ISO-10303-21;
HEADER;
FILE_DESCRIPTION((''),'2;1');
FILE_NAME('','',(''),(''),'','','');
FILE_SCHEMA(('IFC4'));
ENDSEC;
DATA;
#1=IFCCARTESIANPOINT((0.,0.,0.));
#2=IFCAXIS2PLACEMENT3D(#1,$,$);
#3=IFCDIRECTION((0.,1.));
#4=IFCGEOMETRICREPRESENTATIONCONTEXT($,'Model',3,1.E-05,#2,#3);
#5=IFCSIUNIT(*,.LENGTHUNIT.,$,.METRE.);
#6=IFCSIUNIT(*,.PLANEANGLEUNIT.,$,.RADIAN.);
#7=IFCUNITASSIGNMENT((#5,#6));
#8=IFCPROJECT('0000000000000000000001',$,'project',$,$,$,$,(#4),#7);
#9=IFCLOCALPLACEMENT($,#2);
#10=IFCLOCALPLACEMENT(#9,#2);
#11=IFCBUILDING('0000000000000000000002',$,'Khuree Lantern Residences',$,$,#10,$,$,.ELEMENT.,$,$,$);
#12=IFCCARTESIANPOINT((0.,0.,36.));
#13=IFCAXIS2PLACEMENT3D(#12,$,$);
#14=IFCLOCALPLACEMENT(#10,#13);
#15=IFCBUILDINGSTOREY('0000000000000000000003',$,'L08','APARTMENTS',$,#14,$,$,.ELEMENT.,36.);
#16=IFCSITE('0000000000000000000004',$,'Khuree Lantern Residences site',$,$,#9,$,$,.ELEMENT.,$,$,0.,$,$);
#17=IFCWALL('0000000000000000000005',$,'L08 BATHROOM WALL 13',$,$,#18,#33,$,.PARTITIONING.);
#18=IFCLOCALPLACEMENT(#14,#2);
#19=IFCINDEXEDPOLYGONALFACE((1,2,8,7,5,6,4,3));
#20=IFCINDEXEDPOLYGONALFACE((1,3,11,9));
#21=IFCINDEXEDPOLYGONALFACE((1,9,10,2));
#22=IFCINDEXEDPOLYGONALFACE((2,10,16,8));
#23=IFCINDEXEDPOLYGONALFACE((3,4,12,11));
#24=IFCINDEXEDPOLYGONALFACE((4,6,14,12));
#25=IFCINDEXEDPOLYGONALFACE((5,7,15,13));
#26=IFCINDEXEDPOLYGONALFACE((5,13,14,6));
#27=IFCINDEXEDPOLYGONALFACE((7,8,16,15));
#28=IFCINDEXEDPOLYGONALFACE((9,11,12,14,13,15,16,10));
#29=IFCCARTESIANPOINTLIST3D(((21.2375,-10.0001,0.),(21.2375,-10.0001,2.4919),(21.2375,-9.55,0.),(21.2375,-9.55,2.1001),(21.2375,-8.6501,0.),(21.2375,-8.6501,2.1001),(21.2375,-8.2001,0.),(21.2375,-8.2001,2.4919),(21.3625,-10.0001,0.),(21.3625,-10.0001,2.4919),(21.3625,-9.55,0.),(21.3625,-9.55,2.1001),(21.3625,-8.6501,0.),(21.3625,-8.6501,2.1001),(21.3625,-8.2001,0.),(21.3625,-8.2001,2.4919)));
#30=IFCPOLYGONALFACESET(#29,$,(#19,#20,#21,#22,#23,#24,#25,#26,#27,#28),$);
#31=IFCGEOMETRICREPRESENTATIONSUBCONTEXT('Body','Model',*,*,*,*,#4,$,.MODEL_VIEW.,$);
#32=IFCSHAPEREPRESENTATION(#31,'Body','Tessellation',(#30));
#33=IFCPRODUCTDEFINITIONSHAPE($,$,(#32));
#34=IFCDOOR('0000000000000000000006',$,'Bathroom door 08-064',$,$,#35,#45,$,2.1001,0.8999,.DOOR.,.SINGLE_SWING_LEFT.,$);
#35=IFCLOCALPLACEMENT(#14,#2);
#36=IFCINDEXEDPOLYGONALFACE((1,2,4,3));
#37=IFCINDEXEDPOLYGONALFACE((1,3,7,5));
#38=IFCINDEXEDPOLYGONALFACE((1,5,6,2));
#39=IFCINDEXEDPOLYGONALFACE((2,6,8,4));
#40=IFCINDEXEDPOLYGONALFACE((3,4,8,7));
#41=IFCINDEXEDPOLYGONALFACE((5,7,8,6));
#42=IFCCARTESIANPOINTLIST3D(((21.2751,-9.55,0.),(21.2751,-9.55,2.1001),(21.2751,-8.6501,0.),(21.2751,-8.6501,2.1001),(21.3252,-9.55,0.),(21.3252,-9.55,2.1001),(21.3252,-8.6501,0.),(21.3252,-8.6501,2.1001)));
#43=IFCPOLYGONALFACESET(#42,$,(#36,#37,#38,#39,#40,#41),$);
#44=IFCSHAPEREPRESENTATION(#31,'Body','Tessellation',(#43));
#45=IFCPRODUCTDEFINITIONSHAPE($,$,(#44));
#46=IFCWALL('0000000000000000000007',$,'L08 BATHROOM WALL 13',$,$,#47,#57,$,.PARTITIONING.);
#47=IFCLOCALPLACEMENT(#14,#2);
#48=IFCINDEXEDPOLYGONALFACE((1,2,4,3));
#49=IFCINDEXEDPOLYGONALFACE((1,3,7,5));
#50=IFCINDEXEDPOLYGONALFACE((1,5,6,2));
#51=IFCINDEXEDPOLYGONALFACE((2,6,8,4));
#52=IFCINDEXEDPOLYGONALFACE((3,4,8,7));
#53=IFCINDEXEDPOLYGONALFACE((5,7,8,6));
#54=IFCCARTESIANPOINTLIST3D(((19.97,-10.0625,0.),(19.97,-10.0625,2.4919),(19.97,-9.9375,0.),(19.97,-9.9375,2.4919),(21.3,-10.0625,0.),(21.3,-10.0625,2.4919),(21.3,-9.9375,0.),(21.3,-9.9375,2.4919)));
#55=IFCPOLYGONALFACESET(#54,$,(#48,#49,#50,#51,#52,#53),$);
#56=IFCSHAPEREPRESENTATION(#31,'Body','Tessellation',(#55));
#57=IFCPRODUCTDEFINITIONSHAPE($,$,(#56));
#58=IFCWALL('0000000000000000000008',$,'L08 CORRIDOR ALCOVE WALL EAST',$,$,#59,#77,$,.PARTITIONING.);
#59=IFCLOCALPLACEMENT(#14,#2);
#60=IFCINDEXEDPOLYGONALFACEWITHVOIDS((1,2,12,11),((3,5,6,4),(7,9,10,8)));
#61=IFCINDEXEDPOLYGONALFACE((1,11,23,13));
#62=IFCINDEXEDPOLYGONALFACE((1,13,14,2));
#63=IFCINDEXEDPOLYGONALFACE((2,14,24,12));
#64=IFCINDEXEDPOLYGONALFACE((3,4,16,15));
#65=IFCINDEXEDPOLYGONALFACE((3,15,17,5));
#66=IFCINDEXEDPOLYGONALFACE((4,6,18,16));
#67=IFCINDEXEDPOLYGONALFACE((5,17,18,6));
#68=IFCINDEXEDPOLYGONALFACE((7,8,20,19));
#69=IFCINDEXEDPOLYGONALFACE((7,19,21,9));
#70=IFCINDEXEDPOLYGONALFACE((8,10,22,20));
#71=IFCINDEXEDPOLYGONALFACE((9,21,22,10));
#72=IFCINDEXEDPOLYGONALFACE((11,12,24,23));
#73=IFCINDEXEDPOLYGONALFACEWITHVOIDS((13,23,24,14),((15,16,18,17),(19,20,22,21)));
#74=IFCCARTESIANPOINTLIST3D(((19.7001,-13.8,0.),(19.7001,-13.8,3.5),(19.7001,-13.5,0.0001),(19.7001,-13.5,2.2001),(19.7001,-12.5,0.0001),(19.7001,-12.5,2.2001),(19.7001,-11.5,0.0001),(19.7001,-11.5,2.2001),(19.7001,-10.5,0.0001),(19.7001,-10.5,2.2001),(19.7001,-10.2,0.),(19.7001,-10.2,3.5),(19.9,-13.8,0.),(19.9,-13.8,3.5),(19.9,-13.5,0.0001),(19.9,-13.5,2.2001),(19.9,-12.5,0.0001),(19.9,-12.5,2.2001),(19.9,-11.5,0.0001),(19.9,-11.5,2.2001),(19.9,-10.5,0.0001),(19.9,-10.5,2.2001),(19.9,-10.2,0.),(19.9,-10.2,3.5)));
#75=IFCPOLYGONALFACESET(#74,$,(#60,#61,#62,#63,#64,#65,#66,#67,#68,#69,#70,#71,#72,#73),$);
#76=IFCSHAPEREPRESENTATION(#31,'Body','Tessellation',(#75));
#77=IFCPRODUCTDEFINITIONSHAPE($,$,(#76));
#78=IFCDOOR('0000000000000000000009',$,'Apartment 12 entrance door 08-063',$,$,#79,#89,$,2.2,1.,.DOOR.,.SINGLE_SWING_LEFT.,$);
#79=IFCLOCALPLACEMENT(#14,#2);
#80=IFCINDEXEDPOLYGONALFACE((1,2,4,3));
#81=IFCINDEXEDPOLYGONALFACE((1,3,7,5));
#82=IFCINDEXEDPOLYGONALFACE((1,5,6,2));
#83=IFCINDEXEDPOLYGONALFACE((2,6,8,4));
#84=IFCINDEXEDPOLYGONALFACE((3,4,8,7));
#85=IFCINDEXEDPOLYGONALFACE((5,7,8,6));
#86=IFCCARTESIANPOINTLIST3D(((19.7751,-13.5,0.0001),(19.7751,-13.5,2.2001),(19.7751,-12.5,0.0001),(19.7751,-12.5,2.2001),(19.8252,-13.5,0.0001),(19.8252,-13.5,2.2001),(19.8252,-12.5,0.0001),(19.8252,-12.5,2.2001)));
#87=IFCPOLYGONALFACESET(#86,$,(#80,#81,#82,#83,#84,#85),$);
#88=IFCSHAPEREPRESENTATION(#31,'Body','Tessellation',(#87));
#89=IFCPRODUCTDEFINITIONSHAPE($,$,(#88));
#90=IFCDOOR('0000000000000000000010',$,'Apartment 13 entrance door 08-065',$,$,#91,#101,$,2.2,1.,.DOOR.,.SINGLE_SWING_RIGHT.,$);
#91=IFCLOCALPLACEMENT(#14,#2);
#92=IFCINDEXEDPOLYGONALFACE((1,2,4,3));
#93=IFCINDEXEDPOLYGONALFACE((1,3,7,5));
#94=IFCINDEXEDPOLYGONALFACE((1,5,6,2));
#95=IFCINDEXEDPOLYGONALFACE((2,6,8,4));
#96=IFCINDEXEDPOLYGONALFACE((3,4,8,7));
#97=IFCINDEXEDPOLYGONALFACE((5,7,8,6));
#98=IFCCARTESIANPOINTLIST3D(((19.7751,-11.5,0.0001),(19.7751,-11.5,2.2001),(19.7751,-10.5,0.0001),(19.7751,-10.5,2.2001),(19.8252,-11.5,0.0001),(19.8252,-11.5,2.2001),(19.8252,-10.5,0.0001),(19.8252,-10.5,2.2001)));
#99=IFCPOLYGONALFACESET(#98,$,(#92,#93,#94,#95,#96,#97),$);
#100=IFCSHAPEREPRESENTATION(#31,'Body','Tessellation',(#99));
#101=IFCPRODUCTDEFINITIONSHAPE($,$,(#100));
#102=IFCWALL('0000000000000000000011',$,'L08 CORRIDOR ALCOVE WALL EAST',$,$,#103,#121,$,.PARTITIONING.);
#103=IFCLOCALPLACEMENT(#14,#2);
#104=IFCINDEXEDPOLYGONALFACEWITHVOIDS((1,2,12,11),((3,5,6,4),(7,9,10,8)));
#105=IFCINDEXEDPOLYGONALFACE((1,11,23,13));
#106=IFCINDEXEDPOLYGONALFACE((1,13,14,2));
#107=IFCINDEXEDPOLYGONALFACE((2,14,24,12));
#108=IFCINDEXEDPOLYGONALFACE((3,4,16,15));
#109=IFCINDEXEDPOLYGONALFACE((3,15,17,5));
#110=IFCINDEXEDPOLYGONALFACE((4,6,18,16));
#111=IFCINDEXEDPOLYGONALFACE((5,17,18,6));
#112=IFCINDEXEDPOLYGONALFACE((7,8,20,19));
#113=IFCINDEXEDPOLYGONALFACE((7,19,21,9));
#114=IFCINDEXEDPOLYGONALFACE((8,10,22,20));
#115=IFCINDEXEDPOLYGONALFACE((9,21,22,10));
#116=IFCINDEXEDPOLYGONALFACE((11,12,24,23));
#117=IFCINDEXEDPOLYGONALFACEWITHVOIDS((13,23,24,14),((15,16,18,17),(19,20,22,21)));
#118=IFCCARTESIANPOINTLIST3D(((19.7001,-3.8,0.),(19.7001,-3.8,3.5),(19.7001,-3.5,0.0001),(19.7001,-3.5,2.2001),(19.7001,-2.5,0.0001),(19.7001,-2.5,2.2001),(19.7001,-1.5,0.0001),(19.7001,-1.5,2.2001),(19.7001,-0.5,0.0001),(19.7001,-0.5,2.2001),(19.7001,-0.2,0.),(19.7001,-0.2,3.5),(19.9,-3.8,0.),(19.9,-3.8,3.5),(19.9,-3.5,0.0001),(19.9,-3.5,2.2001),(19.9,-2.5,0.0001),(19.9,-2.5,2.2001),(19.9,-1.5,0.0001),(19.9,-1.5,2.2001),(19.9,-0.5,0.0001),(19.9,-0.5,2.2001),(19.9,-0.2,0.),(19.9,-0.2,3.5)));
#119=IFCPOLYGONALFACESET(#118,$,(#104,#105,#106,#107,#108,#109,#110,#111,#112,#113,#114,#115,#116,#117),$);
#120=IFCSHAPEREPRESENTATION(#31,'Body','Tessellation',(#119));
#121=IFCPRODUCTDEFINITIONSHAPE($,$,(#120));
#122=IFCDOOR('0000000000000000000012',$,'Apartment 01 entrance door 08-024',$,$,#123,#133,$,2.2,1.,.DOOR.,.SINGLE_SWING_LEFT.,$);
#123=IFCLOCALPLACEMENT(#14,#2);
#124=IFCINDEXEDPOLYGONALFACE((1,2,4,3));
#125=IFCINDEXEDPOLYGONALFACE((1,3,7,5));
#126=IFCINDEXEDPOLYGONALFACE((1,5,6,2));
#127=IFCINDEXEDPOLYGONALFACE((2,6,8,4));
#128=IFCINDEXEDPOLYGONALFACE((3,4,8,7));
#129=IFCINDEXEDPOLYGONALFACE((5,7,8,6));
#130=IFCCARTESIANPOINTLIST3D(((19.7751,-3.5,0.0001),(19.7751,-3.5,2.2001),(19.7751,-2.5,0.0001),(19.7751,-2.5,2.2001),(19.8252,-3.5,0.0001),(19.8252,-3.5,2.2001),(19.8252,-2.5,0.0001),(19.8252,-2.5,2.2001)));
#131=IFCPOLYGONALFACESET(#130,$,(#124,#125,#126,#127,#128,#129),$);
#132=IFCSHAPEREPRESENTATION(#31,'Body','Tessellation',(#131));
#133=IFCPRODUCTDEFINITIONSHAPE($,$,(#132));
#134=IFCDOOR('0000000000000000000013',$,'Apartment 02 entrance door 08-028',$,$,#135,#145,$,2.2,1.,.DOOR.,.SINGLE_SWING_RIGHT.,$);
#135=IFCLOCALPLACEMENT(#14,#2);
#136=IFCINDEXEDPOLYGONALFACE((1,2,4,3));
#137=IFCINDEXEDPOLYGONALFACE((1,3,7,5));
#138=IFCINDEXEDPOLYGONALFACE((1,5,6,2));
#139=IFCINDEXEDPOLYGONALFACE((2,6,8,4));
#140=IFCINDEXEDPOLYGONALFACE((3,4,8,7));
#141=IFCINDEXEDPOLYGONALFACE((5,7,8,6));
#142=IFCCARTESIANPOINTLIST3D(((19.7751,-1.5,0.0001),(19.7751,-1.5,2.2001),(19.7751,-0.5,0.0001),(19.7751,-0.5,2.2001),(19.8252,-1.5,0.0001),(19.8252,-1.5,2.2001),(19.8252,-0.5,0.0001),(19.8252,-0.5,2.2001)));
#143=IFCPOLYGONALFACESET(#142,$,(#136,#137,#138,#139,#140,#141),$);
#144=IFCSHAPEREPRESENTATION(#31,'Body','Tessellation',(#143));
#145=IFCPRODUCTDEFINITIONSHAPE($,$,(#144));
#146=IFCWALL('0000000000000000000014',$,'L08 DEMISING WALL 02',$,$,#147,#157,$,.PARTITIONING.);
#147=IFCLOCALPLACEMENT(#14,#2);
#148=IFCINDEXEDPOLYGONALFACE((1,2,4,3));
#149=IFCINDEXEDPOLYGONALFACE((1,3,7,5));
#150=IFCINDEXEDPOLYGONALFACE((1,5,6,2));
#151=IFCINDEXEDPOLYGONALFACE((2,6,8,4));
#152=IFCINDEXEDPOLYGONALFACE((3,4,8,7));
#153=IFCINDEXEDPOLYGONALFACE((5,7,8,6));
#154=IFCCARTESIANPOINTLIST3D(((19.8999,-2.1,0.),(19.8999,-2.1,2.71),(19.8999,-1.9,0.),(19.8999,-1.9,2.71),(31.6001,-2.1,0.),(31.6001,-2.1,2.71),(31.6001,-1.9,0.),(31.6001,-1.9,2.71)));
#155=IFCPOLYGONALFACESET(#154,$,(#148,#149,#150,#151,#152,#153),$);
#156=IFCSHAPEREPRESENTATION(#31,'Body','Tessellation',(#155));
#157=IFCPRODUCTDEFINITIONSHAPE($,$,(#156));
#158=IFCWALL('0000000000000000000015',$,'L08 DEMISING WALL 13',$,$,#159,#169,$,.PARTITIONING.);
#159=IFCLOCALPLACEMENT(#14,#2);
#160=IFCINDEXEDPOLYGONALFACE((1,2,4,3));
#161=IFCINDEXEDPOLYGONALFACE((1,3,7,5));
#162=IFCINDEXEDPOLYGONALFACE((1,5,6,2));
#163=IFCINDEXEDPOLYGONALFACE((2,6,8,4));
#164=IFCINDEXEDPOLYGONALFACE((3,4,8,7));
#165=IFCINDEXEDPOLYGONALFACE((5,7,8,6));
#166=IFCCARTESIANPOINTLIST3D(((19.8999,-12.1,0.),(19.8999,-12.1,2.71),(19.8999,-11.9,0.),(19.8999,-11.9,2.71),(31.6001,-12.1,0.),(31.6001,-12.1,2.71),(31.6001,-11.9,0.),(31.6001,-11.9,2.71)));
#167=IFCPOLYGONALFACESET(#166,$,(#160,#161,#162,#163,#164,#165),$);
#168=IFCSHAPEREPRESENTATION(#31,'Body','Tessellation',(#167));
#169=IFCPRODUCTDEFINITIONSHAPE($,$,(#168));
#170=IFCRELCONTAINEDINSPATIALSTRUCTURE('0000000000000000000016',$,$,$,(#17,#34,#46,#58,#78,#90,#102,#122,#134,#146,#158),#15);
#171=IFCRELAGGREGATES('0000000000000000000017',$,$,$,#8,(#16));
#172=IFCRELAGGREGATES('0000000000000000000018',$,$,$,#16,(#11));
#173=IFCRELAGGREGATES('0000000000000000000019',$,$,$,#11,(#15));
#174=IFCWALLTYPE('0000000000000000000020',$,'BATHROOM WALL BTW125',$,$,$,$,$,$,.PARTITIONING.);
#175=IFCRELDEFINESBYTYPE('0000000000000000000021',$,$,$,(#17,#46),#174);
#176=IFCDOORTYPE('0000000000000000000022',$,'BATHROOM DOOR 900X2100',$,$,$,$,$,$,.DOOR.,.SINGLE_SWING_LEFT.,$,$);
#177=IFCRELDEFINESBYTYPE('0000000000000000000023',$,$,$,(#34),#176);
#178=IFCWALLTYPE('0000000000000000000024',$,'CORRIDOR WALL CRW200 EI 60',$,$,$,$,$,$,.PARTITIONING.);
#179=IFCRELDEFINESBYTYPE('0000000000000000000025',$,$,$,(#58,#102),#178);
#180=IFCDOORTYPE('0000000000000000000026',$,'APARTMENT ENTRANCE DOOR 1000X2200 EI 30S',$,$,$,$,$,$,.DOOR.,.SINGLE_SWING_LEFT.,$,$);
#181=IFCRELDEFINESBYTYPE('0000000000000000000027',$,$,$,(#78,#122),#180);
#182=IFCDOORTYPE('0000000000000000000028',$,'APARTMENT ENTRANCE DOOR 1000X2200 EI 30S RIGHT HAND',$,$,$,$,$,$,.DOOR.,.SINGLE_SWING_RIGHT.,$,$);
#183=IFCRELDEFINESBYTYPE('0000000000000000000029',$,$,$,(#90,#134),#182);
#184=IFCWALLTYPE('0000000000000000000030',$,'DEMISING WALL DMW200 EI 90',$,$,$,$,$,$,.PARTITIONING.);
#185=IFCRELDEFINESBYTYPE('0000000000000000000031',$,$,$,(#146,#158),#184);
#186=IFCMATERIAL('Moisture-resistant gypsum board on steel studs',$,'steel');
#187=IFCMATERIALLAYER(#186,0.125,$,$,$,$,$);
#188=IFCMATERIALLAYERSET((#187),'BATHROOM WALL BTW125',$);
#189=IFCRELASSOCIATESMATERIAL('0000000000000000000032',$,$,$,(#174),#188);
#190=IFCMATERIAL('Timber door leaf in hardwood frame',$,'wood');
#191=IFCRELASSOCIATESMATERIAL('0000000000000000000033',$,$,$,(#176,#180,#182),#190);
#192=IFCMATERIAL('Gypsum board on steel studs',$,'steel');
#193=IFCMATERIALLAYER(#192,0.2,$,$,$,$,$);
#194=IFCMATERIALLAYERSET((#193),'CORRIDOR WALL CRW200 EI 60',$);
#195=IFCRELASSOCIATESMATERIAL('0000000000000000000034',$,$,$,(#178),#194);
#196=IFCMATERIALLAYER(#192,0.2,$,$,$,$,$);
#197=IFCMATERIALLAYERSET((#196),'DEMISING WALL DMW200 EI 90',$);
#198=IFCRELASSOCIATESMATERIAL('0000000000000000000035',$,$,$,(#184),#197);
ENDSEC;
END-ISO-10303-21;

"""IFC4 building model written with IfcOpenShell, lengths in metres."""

from ifc_helpers import new_model, si_unit, direction, frame, frame_2d, origin, place, context, subcontext, project, spatial, rectangle, extrude, material, layer, layer_set, type_object, element, fill, save


model = new_model("IFC4")

# Units and contexts
model_context = context("Model", 3, precision=1e-05, world=origin(), true_north=direction((0.0, 1.0)))
body_context = subcontext(model_context, "Body", "Model", "MODEL_VIEW")
ifc_project = project(units=[si_unit("LENGTHUNIT", "METRE"), si_unit("PLANEANGLEUNIT", "RADIAN")], contexts=[model_context])

# Site, building, storey
site_placement = place(None, origin())
site = spatial("IfcSite", under=ifc_project, at=site_placement, Name="Khuree Lantern Residences site", CompositionType="ELEMENT", RefElevation=0.0)
building_placement = place(site_placement, origin())
building = spatial("IfcBuilding", under=site, at=building_placement, Name="Khuree Lantern Residences", CompositionType="ELEMENT")
storey_placement = place(building_placement, frame((0.0, 0.0, 36.0)))
storey = spatial("IfcBuildingStorey", under=building, at=storey_placement, Name="L08", Description="APARTMENTS", CompositionType="ELEMENT", Elevation=36.0)

# Shared definitions
ifc_material_1 = material(Name="Moisture-resistant gypsum board on steel studs", Category="steel")
ifc_layer_1 = layer(ifc_material_1, 0.125)
ifc_layer_set_1 = layer_set([ifc_layer_1], Name="BATHROOM WALL BTW125")
wall_type_1 = type_object("IfcWallType", Name="BATHROOM WALL BTW125", PredefinedType="PARTITIONING", material=ifc_layer_set_1)
ifc_material_2 = material(Name="Timber door leaf in hardwood frame", Category="wood")
door_type_1 = type_object("IfcDoorType", Name="BATHROOM DOOR 900X2100", OperationType="SINGLE_SWING_LEFT", PredefinedType="DOOR", material=ifc_material_2)

# Wall, opening, door
wall_1_placement = place(storey_placement, frame((21.3, -10.0, 0.0), z_axis=(0.0, 0.0, 1.0), x_axis=(0.0, 1.0, 0.0)))
wall_1 = element("IfcWall", 1, at=wall_1_placement, inside=storey, type_object=wall_type_1, Name="L08 BATHROOM WALL 13", PredefinedType="PARTITIONING", context=body_context, shape_type="SweptSolid", body=[
    extrude(rectangle(XDim=1.8, YDim=0.125, at=frame_2d((0.8999, 0.0))), origin(), (0.0, 0.0, 1.0), 2.4919),
])
opening_1_placement = place(wall_1_placement, frame((0.45, 0.0, 0.0)))
opening_1 = element("IfcOpeningElement", 2, at=opening_1_placement, cuts=wall_1, PredefinedType="OPENING", context=body_context, shape_type="SweptSolid", body=[
    extrude(rectangle(XDim=0.8999, YDim=2.1001, at=frame_2d((0.45, 1.05))), frame((0.0, 0.0725, 0.0), z_axis=(0.0, -1.0, 0.0), x_axis=(1.0, 0.0, 0.0)), (0.0, 0.0, 1.0), 0.145),
])
door_1_placement = place(opening_1_placement, origin())
door_1 = element("IfcDoor", 3, at=door_1_placement, inside=storey, type_object=door_type_1, Name="Bathroom door 08-064", OperationType="SINGLE_SWING_LEFT", OverallHeight=2.1001, OverallWidth=0.8999, PredefinedType="DOOR", context=body_context, shape_type="SweptSolid", body=[
    extrude(rectangle(XDim=0.8999, YDim=2.1001, at=frame_2d((0.45, 1.05))), frame((0.0, 0.0249, 0.0), z_axis=(0.0, -1.0, 0.0), x_axis=(1.0, 0.0, 0.0)), (0.0, 0.0, 1.0), 0.05),
])
fill(opening_1, door_1)

# Wall
wall_2_placement = place(storey_placement, frame((19.97, -10.0, 0.0), z_axis=(0.0, 0.0, 1.0), x_axis=(1.0, 0.0, 0.0)))
element("IfcWall", 4, at=wall_2_placement, inside=storey, type_object=wall_type_1, Name="L08 BATHROOM WALL 13", PredefinedType="PARTITIONING", context=body_context, shape_type="SweptSolid", body=[
    extrude(rectangle(XDim=1.3301, YDim=0.125, at=frame_2d((0.665, 0.0))), origin(), (0.0, 0.0, 1.0), 2.4919),
])

# Walls, openings, doors
ifc_material_3 = material(Name="Gypsum board on steel studs", Category="steel")
ifc_layer_2 = layer(ifc_material_3, 0.2)
ifc_layer_set_2 = layer_set([ifc_layer_2], Name="CORRIDOR WALL CRW200 EI 60")
wall_type_2 = type_object("IfcWallType", Name="CORRIDOR WALL CRW200 EI 60", PredefinedType="PARTITIONING", material=ifc_layer_set_2)
wall_3_placement = place(storey_placement, frame((19.8, -13.8, 0.0), z_axis=(0.0, 0.0, 1.0), x_axis=(0.0, 1.0, 0.0)))
wall_3 = element("IfcWall", 5, at=wall_3_placement, inside=storey, type_object=wall_type_2, Name="L08 CORRIDOR ALCOVE WALL EAST", PredefinedType="PARTITIONING", context=body_context, shape_type="SweptSolid", body=[
    extrude(rectangle(XDim=3.6001, YDim=0.2, at=frame_2d((1.8, 0.0))), origin(), (0.0, 0.0, 1.0), 3.5),
])
opening_2_placement = place(wall_3_placement, frame((0.3, 0.0, 0.0)))
opening_2 = element("IfcOpeningElement", 6, at=opening_2_placement, cuts=wall_3, PredefinedType="OPENING", context=body_context, shape_type="SweptSolid", body=[
    extrude(rectangle(XDim=1.0, YDim=2.2, at=frame_2d((0.5, 1.1001))), frame((0.0, 0.1099, 0.0), z_axis=(0.0, -1.0, 0.0), x_axis=(1.0, 0.0, 0.0)), (0.0, 0.0, 1.0), 0.22),
])
opening_3_placement = place(wall_3_placement, frame((2.3, 0.0, 0.0)))
opening_3 = element("IfcOpeningElement", 7, at=opening_3_placement, cuts=wall_3, PredefinedType="OPENING", context=body_context, shape_type="SweptSolid", body=[
    extrude(rectangle(XDim=1.0, YDim=2.2, at=frame_2d((0.5, 1.1001))), frame((0.0, 0.1099, 0.0), z_axis=(0.0, -1.0, 0.0), x_axis=(1.0, 0.0, 0.0)), (0.0, 0.0, 1.0), 0.22),
])
door_type_2 = type_object("IfcDoorType", Name="APARTMENT ENTRANCE DOOR 1000X2200 EI 30S", OperationType="SINGLE_SWING_LEFT", PredefinedType="DOOR", material=ifc_material_2)
door_2_placement = place(opening_2_placement, origin())
door_2 = element("IfcDoor", 8, at=door_2_placement, inside=storey, type_object=door_type_2, Name="Apartment 12 entrance door 08-063", OperationType="SINGLE_SWING_LEFT", OverallHeight=2.2, OverallWidth=1.0, PredefinedType="DOOR", context=body_context, shape_type="SweptSolid", body=[
    extrude(rectangle(XDim=1.0, YDim=2.2, at=frame_2d((0.5, 1.1001))), frame((0.0, 0.0249, 0.0), z_axis=(0.0, -1.0, 0.0), x_axis=(1.0, 0.0, 0.0)), (0.0, 0.0, 1.0), 0.05),
])
fill(opening_2, door_2)
door_type_3 = type_object("IfcDoorType", Name="APARTMENT ENTRANCE DOOR 1000X2200 EI 30S RIGHT HAND", OperationType="SINGLE_SWING_RIGHT", PredefinedType="DOOR", material=ifc_material_2)
door_3_placement = place(opening_3_placement, origin())
door_3 = element("IfcDoor", 9, at=door_3_placement, inside=storey, type_object=door_type_3, Name="Apartment 13 entrance door 08-065", OperationType="SINGLE_SWING_RIGHT", OverallHeight=2.2, OverallWidth=1.0, PredefinedType="DOOR", context=body_context, shape_type="SweptSolid", body=[
    extrude(rectangle(XDim=1.0, YDim=2.2, at=frame_2d((0.5, 1.1001))), frame((0.0, 0.0249, 0.0), z_axis=(0.0, -1.0, 0.0), x_axis=(1.0, 0.0, 0.0)), (0.0, 0.0, 1.0), 0.05),
])
fill(opening_3, door_3)
wall_4_placement = place(storey_placement, frame((19.8, -3.8, 0.0), z_axis=(0.0, 0.0, 1.0), x_axis=(0.0, 1.0, 0.0)))
wall_4 = element("IfcWall", 10, at=wall_4_placement, inside=storey, type_object=wall_type_2, Name="L08 CORRIDOR ALCOVE WALL EAST", PredefinedType="PARTITIONING", context=body_context, shape_type="SweptSolid", body=[
    extrude(rectangle(XDim=3.6001, YDim=0.2, at=frame_2d((1.8, 0.0))), origin(), (0.0, 0.0, 1.0), 3.5),
])
opening_4_placement = place(wall_4_placement, frame((0.3, 0.0, 0.0)))
opening_4 = element("IfcOpeningElement", 11, at=opening_4_placement, cuts=wall_4, PredefinedType="OPENING", context=body_context, shape_type="SweptSolid", body=[
    extrude(rectangle(XDim=1.0, YDim=2.2, at=frame_2d((0.5, 1.1001))), frame((0.0, 0.1099, 0.0), z_axis=(0.0, -1.0, 0.0), x_axis=(1.0, 0.0, 0.0)), (0.0, 0.0, 1.0), 0.22),
])
opening_5_placement = place(wall_4_placement, frame((2.3, 0.0, 0.0)))
opening_5 = element("IfcOpeningElement", 12, at=opening_5_placement, cuts=wall_4, PredefinedType="OPENING", context=body_context, shape_type="SweptSolid", body=[
    extrude(rectangle(XDim=1.0, YDim=2.2, at=frame_2d((0.5, 1.1001))), frame((0.0, 0.1099, 0.0), z_axis=(0.0, -1.0, 0.0), x_axis=(1.0, 0.0, 0.0)), (0.0, 0.0, 1.0), 0.22),
])
door_4_placement = place(opening_4_placement, origin())
door_4 = element("IfcDoor", 13, at=door_4_placement, inside=storey, type_object=door_type_2, Name="Apartment 01 entrance door 08-024", OperationType="SINGLE_SWING_LEFT", OverallHeight=2.2, OverallWidth=1.0, PredefinedType="DOOR", context=body_context, shape_type="SweptSolid", body=[
    extrude(rectangle(XDim=1.0, YDim=2.2, at=frame_2d((0.5, 1.1001))), frame((0.0, 0.0249, 0.0), z_axis=(0.0, -1.0, 0.0), x_axis=(1.0, 0.0, 0.0)), (0.0, 0.0, 1.0), 0.05),
])
fill(opening_4, door_4)
door_5_placement = place(opening_5_placement, origin())
door_5 = element("IfcDoor", 14, at=door_5_placement, inside=storey, type_object=door_type_3, Name="Apartment 02 entrance door 08-028", OperationType="SINGLE_SWING_RIGHT", OverallHeight=2.2, OverallWidth=1.0, PredefinedType="DOOR", context=body_context, shape_type="SweptSolid", body=[
    extrude(rectangle(XDim=1.0, YDim=2.2, at=frame_2d((0.5, 1.1001))), frame((0.0, 0.0249, 0.0), z_axis=(0.0, -1.0, 0.0), x_axis=(1.0, 0.0, 0.0)), (0.0, 0.0, 1.0), 0.05),
])
fill(opening_5, door_5)

# Walls
ifc_layer_3 = layer(ifc_material_3, 0.2)
ifc_layer_set_3 = layer_set([ifc_layer_3], Name="DEMISING WALL DMW200 EI 90")
wall_type_3 = type_object("IfcWallType", Name="DEMISING WALL DMW200 EI 90", PredefinedType="PARTITIONING", material=ifc_layer_set_3)
for number, where, z_axis, x_axis, name in (
    (15, (19.8999, -2.0, 0.0), (0.0, 0.0, 1.0), (1.0, 0.0, 0.0), "L08 DEMISING WALL 02"),
    (16, (19.8999, -12.0, 0.0), (0.0, 0.0, 1.0), (1.0, 0.0, 0.0), "L08 DEMISING WALL 13"),
):
    element("IfcWall", number, at=place(storey_placement, frame(where, z_axis=z_axis, x_axis=x_axis)), inside=storey, type_object=wall_type_3, Name=name, PredefinedType="PARTITIONING", context=body_context, shape_type="SweptSolid", body=[
        extrude(rectangle(XDim=11.7002, YDim=0.2, at=frame_2d((5.8501, 0.0))), origin(), (0.0, 0.0, 1.0), 2.71),
    ])

save(model, "model.ifc")
